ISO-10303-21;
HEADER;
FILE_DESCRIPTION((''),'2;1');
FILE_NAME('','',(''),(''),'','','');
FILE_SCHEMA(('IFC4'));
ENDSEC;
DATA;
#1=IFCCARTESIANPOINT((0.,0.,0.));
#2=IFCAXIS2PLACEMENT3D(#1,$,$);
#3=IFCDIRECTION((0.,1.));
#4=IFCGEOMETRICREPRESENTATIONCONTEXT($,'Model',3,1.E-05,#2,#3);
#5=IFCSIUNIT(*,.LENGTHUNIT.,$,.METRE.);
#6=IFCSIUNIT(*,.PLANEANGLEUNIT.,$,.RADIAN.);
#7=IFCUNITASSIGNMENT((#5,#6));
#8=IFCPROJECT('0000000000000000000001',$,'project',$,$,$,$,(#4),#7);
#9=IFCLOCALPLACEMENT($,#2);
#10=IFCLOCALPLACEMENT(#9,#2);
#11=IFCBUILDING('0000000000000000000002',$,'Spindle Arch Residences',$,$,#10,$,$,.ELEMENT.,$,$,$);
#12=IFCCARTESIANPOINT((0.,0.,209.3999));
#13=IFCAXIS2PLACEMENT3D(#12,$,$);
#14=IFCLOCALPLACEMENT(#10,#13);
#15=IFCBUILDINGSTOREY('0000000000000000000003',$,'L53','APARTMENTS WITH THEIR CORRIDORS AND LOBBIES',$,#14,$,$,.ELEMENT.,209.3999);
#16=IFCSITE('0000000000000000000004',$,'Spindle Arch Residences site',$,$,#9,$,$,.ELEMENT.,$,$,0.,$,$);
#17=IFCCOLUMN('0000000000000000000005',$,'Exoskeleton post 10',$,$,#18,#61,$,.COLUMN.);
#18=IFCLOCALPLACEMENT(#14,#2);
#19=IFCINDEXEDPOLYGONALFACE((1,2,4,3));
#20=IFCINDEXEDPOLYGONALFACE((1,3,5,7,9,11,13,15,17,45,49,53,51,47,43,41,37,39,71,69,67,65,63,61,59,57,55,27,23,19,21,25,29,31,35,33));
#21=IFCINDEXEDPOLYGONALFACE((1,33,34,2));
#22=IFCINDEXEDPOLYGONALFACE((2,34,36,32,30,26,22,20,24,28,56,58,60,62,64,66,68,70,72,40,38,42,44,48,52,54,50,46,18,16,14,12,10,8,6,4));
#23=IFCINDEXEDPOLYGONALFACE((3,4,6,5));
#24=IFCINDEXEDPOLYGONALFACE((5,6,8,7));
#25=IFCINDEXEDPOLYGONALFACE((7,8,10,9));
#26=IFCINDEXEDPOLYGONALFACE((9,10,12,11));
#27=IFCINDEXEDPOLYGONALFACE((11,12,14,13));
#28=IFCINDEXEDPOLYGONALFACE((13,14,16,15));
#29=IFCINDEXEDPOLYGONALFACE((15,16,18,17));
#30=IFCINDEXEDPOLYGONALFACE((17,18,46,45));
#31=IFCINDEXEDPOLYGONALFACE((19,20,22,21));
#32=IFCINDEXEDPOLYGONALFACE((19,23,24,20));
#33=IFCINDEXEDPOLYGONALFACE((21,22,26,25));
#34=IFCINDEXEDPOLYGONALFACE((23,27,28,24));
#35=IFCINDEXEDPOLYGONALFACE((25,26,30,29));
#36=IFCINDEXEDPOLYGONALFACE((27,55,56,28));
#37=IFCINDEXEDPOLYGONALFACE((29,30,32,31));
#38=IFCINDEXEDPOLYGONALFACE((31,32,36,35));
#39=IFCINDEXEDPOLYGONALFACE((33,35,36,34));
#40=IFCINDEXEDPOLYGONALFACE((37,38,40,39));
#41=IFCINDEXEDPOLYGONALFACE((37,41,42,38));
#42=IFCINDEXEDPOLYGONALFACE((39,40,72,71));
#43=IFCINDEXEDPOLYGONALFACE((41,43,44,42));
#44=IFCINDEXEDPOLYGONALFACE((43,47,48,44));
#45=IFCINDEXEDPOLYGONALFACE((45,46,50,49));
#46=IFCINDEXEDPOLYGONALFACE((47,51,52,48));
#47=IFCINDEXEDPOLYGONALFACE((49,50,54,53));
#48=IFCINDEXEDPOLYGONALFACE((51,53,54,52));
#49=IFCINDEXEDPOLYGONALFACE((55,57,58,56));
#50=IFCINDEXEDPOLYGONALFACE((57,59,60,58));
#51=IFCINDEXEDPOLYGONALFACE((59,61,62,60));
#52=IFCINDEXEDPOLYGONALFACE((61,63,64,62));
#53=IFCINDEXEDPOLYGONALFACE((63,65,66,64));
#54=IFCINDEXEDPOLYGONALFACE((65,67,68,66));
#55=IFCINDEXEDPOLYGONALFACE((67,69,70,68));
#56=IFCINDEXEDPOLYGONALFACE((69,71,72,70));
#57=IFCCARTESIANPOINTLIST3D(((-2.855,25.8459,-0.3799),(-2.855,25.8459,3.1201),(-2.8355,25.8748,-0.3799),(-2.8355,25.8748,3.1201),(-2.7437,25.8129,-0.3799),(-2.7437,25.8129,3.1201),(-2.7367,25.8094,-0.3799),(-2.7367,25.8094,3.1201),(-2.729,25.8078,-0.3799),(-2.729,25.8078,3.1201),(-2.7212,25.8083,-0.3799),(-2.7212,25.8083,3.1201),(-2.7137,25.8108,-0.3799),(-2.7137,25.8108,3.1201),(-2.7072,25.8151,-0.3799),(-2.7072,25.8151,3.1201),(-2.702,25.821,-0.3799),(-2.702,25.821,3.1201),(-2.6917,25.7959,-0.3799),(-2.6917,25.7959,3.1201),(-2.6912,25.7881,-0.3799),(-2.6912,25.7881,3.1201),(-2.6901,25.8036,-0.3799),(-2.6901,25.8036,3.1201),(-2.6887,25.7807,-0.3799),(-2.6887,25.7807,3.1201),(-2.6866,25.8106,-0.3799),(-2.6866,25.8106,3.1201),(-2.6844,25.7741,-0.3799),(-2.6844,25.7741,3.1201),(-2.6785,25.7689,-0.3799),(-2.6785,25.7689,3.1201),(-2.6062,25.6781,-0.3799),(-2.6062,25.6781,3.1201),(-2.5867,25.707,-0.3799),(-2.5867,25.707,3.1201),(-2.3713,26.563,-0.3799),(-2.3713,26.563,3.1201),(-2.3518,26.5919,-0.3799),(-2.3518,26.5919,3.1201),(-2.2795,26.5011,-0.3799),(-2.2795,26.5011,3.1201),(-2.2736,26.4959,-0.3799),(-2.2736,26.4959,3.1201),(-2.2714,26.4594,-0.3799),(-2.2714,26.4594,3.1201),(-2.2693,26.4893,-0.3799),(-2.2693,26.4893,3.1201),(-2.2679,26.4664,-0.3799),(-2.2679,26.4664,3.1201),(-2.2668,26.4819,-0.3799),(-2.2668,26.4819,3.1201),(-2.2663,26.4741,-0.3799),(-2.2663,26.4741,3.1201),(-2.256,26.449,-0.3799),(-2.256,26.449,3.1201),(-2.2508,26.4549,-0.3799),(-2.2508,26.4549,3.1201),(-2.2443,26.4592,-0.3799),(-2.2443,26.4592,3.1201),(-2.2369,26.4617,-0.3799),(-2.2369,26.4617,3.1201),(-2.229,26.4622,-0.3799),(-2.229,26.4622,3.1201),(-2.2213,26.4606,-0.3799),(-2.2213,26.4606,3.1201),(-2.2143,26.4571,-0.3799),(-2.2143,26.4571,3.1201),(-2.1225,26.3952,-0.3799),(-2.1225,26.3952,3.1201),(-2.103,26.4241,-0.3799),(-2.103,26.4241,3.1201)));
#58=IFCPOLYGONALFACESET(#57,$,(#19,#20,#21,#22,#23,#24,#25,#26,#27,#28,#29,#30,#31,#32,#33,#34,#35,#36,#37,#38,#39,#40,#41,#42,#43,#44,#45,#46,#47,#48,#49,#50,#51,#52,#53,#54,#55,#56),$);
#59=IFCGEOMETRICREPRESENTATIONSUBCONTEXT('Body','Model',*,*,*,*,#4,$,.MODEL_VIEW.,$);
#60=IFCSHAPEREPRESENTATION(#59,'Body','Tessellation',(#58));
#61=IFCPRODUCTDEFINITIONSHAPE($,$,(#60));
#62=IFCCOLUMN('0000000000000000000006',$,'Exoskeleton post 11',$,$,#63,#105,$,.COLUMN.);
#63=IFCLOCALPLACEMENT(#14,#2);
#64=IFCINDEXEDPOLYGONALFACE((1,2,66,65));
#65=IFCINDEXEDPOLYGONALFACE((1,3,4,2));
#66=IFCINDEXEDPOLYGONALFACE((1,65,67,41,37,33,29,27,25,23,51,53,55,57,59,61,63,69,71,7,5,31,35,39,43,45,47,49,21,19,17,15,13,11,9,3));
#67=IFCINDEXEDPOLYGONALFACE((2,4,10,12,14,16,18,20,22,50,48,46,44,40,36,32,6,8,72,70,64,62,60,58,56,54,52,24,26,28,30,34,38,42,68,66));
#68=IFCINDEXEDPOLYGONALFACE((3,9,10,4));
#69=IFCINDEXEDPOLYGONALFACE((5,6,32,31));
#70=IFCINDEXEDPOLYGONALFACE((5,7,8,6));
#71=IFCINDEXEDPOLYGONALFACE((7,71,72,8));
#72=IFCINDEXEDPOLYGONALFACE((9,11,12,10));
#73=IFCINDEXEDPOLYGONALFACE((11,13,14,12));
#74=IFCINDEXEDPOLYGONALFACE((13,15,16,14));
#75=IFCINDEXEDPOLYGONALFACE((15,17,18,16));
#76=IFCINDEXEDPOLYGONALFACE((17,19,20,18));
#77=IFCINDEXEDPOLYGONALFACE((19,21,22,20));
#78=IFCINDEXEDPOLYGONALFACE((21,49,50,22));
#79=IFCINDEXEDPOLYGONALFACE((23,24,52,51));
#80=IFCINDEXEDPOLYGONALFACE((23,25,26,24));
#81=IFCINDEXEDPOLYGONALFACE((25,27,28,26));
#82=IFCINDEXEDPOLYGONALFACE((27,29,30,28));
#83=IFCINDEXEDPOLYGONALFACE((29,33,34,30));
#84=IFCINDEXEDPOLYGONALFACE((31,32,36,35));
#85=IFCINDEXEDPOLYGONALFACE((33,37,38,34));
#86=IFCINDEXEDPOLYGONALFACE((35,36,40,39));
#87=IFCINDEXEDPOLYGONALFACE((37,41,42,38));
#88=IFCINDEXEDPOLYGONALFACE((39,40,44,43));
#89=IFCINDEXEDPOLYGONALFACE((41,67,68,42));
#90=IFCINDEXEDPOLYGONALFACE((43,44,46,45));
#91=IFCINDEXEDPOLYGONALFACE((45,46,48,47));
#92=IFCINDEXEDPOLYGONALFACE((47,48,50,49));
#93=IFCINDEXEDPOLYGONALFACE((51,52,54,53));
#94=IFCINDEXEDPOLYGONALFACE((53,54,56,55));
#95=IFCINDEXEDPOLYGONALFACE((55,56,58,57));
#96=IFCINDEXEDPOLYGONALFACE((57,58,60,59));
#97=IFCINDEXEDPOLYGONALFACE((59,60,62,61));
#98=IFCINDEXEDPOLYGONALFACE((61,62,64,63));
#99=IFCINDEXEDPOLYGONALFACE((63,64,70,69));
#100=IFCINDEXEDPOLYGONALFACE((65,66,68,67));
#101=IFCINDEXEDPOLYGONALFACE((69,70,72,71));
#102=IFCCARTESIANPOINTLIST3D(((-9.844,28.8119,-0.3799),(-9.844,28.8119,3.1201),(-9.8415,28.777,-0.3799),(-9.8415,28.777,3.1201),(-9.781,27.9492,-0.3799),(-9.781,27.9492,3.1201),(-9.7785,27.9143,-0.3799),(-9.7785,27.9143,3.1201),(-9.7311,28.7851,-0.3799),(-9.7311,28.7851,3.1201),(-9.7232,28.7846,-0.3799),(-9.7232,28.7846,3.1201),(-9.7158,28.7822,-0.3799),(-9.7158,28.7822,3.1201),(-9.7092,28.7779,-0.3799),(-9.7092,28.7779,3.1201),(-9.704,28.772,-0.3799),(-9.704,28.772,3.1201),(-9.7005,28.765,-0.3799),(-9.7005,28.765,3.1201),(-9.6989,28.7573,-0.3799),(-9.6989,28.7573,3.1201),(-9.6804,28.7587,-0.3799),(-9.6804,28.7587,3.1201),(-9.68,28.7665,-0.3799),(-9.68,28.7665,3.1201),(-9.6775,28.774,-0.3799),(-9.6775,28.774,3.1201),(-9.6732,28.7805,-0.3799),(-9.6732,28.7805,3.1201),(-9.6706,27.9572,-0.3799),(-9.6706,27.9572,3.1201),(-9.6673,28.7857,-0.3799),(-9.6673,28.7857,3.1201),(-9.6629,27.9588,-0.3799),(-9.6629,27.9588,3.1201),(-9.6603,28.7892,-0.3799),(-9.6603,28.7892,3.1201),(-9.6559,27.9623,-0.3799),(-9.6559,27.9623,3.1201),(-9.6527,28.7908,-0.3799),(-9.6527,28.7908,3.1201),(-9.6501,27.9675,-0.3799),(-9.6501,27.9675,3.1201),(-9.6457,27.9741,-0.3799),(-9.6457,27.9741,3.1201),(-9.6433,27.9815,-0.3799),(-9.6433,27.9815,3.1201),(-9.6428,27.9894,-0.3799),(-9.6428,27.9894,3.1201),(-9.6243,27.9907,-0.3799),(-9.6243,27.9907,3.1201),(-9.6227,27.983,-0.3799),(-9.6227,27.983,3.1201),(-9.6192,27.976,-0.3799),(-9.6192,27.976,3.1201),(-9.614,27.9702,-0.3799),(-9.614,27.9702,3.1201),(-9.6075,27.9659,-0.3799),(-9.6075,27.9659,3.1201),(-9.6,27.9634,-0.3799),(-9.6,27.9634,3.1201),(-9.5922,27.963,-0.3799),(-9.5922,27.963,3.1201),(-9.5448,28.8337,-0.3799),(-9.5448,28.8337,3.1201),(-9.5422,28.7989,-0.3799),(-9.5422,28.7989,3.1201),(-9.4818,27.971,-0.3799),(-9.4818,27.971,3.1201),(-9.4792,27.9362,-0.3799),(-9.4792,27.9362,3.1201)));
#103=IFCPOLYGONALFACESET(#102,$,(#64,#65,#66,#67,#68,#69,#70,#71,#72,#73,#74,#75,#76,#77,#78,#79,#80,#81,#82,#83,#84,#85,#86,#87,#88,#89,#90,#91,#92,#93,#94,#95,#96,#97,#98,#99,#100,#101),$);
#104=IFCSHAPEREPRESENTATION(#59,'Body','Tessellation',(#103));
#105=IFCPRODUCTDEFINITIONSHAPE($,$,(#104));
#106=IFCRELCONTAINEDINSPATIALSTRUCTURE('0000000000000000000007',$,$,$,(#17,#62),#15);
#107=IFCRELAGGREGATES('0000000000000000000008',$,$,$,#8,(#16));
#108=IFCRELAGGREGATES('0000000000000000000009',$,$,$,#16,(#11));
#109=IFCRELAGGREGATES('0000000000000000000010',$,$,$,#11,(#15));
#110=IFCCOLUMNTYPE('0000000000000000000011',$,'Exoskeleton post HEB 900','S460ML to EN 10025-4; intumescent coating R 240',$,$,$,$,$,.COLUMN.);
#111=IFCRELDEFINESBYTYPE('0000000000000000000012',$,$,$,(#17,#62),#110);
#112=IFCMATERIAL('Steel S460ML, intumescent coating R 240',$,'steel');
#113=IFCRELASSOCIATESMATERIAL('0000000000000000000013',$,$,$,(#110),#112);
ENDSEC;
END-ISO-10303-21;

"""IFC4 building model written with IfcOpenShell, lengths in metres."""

from ifc_helpers import new_model, si_unit, direction, frame, origin, origin_2d, place, context, subcontext, project, spatial, i_section, extrude, material, material_profile, profile_set, type_object, element, save


model = new_model("IFC4")

# Units and contexts
model_context = context("Model", 3, precision=1e-05, world=origin(), true_north=direction((0.0, 1.0)))
body_context = subcontext(model_context, "Body", "Model", "MODEL_VIEW")
ifc_project = project(units=[si_unit("LENGTHUNIT", "METRE"), si_unit("PLANEANGLEUNIT", "RADIAN")], contexts=[model_context])

# Site, building, storey
site_placement = place(None, origin())
site = spatial("IfcSite", under=ifc_project, at=site_placement, Name="Spindle Arch Residences site", CompositionType="ELEMENT", RefElevation=0.0)
building_placement = place(site_placement, origin())
building = spatial("IfcBuilding", under=site, at=building_placement, Name="Spindle Arch Residences", CompositionType="ELEMENT")
storey_placement = place(building_placement, frame((0.0, 0.0, 209.3999)))
storey = spatial("IfcBuildingStorey", under=building, at=storey_placement, Name="L53", Description="APARTMENTS WITH THEIR CORRIDORS AND LOBBIES", CompositionType="ELEMENT", Elevation=209.3999)

# Columns
ifc_material_1 = material(Name="Steel S460ML, intumescent coating R 240", Category="steel")
ifc_material_profile_1 = material_profile(ifc_material_1, i_section(OverallWidth=0.3, OverallDepth=0.8999, WebThickness=0.0186, FlangeThickness=0.0349, FilletRadius=0.03, at=origin_2d()), Name="HEB 900")
ifc_profile_set_1 = profile_set([ifc_material_profile_1], Name="Steel S460ML, intumescent coating R 240")
column_type_1 = type_object("IfcColumnType", Name="Exoskeleton post HEB 900", Description="S460ML to EN 10025-4; intumescent coating R 240", PredefinedType="COLUMN", material=ifc_profile_set_1)
for number, where, z_axis, x_axis, name in (
    (1, (-2.479, 26.135, -0.3799), (0.0, 0.0, 1.0), (0.829038, -0.559193, 0.0), "Exoskeleton post 10"),
    (2, (-9.6616, 28.374, -0.3799), (0.0, 0.0, 1.0), (0.997343, 0.072844, 0.0), "Exoskeleton post 11"),
):
    element("IfcColumn", number, at=place(storey_placement, frame(where, z_axis=z_axis, x_axis=x_axis)), inside=storey, type_object=column_type_1, Name=name, PredefinedType="COLUMN", context=body_context, shape_type="SweptSolid", body=[
        extrude(i_section(OverallWidth=0.3, OverallDepth=0.8999, WebThickness=0.0186, FlangeThickness=0.0349, FilletRadius=0.03, at=origin_2d()), origin(), (0.0, 0.0, 1.0), 3.5),
    ])

save(model, "model.ifc")
